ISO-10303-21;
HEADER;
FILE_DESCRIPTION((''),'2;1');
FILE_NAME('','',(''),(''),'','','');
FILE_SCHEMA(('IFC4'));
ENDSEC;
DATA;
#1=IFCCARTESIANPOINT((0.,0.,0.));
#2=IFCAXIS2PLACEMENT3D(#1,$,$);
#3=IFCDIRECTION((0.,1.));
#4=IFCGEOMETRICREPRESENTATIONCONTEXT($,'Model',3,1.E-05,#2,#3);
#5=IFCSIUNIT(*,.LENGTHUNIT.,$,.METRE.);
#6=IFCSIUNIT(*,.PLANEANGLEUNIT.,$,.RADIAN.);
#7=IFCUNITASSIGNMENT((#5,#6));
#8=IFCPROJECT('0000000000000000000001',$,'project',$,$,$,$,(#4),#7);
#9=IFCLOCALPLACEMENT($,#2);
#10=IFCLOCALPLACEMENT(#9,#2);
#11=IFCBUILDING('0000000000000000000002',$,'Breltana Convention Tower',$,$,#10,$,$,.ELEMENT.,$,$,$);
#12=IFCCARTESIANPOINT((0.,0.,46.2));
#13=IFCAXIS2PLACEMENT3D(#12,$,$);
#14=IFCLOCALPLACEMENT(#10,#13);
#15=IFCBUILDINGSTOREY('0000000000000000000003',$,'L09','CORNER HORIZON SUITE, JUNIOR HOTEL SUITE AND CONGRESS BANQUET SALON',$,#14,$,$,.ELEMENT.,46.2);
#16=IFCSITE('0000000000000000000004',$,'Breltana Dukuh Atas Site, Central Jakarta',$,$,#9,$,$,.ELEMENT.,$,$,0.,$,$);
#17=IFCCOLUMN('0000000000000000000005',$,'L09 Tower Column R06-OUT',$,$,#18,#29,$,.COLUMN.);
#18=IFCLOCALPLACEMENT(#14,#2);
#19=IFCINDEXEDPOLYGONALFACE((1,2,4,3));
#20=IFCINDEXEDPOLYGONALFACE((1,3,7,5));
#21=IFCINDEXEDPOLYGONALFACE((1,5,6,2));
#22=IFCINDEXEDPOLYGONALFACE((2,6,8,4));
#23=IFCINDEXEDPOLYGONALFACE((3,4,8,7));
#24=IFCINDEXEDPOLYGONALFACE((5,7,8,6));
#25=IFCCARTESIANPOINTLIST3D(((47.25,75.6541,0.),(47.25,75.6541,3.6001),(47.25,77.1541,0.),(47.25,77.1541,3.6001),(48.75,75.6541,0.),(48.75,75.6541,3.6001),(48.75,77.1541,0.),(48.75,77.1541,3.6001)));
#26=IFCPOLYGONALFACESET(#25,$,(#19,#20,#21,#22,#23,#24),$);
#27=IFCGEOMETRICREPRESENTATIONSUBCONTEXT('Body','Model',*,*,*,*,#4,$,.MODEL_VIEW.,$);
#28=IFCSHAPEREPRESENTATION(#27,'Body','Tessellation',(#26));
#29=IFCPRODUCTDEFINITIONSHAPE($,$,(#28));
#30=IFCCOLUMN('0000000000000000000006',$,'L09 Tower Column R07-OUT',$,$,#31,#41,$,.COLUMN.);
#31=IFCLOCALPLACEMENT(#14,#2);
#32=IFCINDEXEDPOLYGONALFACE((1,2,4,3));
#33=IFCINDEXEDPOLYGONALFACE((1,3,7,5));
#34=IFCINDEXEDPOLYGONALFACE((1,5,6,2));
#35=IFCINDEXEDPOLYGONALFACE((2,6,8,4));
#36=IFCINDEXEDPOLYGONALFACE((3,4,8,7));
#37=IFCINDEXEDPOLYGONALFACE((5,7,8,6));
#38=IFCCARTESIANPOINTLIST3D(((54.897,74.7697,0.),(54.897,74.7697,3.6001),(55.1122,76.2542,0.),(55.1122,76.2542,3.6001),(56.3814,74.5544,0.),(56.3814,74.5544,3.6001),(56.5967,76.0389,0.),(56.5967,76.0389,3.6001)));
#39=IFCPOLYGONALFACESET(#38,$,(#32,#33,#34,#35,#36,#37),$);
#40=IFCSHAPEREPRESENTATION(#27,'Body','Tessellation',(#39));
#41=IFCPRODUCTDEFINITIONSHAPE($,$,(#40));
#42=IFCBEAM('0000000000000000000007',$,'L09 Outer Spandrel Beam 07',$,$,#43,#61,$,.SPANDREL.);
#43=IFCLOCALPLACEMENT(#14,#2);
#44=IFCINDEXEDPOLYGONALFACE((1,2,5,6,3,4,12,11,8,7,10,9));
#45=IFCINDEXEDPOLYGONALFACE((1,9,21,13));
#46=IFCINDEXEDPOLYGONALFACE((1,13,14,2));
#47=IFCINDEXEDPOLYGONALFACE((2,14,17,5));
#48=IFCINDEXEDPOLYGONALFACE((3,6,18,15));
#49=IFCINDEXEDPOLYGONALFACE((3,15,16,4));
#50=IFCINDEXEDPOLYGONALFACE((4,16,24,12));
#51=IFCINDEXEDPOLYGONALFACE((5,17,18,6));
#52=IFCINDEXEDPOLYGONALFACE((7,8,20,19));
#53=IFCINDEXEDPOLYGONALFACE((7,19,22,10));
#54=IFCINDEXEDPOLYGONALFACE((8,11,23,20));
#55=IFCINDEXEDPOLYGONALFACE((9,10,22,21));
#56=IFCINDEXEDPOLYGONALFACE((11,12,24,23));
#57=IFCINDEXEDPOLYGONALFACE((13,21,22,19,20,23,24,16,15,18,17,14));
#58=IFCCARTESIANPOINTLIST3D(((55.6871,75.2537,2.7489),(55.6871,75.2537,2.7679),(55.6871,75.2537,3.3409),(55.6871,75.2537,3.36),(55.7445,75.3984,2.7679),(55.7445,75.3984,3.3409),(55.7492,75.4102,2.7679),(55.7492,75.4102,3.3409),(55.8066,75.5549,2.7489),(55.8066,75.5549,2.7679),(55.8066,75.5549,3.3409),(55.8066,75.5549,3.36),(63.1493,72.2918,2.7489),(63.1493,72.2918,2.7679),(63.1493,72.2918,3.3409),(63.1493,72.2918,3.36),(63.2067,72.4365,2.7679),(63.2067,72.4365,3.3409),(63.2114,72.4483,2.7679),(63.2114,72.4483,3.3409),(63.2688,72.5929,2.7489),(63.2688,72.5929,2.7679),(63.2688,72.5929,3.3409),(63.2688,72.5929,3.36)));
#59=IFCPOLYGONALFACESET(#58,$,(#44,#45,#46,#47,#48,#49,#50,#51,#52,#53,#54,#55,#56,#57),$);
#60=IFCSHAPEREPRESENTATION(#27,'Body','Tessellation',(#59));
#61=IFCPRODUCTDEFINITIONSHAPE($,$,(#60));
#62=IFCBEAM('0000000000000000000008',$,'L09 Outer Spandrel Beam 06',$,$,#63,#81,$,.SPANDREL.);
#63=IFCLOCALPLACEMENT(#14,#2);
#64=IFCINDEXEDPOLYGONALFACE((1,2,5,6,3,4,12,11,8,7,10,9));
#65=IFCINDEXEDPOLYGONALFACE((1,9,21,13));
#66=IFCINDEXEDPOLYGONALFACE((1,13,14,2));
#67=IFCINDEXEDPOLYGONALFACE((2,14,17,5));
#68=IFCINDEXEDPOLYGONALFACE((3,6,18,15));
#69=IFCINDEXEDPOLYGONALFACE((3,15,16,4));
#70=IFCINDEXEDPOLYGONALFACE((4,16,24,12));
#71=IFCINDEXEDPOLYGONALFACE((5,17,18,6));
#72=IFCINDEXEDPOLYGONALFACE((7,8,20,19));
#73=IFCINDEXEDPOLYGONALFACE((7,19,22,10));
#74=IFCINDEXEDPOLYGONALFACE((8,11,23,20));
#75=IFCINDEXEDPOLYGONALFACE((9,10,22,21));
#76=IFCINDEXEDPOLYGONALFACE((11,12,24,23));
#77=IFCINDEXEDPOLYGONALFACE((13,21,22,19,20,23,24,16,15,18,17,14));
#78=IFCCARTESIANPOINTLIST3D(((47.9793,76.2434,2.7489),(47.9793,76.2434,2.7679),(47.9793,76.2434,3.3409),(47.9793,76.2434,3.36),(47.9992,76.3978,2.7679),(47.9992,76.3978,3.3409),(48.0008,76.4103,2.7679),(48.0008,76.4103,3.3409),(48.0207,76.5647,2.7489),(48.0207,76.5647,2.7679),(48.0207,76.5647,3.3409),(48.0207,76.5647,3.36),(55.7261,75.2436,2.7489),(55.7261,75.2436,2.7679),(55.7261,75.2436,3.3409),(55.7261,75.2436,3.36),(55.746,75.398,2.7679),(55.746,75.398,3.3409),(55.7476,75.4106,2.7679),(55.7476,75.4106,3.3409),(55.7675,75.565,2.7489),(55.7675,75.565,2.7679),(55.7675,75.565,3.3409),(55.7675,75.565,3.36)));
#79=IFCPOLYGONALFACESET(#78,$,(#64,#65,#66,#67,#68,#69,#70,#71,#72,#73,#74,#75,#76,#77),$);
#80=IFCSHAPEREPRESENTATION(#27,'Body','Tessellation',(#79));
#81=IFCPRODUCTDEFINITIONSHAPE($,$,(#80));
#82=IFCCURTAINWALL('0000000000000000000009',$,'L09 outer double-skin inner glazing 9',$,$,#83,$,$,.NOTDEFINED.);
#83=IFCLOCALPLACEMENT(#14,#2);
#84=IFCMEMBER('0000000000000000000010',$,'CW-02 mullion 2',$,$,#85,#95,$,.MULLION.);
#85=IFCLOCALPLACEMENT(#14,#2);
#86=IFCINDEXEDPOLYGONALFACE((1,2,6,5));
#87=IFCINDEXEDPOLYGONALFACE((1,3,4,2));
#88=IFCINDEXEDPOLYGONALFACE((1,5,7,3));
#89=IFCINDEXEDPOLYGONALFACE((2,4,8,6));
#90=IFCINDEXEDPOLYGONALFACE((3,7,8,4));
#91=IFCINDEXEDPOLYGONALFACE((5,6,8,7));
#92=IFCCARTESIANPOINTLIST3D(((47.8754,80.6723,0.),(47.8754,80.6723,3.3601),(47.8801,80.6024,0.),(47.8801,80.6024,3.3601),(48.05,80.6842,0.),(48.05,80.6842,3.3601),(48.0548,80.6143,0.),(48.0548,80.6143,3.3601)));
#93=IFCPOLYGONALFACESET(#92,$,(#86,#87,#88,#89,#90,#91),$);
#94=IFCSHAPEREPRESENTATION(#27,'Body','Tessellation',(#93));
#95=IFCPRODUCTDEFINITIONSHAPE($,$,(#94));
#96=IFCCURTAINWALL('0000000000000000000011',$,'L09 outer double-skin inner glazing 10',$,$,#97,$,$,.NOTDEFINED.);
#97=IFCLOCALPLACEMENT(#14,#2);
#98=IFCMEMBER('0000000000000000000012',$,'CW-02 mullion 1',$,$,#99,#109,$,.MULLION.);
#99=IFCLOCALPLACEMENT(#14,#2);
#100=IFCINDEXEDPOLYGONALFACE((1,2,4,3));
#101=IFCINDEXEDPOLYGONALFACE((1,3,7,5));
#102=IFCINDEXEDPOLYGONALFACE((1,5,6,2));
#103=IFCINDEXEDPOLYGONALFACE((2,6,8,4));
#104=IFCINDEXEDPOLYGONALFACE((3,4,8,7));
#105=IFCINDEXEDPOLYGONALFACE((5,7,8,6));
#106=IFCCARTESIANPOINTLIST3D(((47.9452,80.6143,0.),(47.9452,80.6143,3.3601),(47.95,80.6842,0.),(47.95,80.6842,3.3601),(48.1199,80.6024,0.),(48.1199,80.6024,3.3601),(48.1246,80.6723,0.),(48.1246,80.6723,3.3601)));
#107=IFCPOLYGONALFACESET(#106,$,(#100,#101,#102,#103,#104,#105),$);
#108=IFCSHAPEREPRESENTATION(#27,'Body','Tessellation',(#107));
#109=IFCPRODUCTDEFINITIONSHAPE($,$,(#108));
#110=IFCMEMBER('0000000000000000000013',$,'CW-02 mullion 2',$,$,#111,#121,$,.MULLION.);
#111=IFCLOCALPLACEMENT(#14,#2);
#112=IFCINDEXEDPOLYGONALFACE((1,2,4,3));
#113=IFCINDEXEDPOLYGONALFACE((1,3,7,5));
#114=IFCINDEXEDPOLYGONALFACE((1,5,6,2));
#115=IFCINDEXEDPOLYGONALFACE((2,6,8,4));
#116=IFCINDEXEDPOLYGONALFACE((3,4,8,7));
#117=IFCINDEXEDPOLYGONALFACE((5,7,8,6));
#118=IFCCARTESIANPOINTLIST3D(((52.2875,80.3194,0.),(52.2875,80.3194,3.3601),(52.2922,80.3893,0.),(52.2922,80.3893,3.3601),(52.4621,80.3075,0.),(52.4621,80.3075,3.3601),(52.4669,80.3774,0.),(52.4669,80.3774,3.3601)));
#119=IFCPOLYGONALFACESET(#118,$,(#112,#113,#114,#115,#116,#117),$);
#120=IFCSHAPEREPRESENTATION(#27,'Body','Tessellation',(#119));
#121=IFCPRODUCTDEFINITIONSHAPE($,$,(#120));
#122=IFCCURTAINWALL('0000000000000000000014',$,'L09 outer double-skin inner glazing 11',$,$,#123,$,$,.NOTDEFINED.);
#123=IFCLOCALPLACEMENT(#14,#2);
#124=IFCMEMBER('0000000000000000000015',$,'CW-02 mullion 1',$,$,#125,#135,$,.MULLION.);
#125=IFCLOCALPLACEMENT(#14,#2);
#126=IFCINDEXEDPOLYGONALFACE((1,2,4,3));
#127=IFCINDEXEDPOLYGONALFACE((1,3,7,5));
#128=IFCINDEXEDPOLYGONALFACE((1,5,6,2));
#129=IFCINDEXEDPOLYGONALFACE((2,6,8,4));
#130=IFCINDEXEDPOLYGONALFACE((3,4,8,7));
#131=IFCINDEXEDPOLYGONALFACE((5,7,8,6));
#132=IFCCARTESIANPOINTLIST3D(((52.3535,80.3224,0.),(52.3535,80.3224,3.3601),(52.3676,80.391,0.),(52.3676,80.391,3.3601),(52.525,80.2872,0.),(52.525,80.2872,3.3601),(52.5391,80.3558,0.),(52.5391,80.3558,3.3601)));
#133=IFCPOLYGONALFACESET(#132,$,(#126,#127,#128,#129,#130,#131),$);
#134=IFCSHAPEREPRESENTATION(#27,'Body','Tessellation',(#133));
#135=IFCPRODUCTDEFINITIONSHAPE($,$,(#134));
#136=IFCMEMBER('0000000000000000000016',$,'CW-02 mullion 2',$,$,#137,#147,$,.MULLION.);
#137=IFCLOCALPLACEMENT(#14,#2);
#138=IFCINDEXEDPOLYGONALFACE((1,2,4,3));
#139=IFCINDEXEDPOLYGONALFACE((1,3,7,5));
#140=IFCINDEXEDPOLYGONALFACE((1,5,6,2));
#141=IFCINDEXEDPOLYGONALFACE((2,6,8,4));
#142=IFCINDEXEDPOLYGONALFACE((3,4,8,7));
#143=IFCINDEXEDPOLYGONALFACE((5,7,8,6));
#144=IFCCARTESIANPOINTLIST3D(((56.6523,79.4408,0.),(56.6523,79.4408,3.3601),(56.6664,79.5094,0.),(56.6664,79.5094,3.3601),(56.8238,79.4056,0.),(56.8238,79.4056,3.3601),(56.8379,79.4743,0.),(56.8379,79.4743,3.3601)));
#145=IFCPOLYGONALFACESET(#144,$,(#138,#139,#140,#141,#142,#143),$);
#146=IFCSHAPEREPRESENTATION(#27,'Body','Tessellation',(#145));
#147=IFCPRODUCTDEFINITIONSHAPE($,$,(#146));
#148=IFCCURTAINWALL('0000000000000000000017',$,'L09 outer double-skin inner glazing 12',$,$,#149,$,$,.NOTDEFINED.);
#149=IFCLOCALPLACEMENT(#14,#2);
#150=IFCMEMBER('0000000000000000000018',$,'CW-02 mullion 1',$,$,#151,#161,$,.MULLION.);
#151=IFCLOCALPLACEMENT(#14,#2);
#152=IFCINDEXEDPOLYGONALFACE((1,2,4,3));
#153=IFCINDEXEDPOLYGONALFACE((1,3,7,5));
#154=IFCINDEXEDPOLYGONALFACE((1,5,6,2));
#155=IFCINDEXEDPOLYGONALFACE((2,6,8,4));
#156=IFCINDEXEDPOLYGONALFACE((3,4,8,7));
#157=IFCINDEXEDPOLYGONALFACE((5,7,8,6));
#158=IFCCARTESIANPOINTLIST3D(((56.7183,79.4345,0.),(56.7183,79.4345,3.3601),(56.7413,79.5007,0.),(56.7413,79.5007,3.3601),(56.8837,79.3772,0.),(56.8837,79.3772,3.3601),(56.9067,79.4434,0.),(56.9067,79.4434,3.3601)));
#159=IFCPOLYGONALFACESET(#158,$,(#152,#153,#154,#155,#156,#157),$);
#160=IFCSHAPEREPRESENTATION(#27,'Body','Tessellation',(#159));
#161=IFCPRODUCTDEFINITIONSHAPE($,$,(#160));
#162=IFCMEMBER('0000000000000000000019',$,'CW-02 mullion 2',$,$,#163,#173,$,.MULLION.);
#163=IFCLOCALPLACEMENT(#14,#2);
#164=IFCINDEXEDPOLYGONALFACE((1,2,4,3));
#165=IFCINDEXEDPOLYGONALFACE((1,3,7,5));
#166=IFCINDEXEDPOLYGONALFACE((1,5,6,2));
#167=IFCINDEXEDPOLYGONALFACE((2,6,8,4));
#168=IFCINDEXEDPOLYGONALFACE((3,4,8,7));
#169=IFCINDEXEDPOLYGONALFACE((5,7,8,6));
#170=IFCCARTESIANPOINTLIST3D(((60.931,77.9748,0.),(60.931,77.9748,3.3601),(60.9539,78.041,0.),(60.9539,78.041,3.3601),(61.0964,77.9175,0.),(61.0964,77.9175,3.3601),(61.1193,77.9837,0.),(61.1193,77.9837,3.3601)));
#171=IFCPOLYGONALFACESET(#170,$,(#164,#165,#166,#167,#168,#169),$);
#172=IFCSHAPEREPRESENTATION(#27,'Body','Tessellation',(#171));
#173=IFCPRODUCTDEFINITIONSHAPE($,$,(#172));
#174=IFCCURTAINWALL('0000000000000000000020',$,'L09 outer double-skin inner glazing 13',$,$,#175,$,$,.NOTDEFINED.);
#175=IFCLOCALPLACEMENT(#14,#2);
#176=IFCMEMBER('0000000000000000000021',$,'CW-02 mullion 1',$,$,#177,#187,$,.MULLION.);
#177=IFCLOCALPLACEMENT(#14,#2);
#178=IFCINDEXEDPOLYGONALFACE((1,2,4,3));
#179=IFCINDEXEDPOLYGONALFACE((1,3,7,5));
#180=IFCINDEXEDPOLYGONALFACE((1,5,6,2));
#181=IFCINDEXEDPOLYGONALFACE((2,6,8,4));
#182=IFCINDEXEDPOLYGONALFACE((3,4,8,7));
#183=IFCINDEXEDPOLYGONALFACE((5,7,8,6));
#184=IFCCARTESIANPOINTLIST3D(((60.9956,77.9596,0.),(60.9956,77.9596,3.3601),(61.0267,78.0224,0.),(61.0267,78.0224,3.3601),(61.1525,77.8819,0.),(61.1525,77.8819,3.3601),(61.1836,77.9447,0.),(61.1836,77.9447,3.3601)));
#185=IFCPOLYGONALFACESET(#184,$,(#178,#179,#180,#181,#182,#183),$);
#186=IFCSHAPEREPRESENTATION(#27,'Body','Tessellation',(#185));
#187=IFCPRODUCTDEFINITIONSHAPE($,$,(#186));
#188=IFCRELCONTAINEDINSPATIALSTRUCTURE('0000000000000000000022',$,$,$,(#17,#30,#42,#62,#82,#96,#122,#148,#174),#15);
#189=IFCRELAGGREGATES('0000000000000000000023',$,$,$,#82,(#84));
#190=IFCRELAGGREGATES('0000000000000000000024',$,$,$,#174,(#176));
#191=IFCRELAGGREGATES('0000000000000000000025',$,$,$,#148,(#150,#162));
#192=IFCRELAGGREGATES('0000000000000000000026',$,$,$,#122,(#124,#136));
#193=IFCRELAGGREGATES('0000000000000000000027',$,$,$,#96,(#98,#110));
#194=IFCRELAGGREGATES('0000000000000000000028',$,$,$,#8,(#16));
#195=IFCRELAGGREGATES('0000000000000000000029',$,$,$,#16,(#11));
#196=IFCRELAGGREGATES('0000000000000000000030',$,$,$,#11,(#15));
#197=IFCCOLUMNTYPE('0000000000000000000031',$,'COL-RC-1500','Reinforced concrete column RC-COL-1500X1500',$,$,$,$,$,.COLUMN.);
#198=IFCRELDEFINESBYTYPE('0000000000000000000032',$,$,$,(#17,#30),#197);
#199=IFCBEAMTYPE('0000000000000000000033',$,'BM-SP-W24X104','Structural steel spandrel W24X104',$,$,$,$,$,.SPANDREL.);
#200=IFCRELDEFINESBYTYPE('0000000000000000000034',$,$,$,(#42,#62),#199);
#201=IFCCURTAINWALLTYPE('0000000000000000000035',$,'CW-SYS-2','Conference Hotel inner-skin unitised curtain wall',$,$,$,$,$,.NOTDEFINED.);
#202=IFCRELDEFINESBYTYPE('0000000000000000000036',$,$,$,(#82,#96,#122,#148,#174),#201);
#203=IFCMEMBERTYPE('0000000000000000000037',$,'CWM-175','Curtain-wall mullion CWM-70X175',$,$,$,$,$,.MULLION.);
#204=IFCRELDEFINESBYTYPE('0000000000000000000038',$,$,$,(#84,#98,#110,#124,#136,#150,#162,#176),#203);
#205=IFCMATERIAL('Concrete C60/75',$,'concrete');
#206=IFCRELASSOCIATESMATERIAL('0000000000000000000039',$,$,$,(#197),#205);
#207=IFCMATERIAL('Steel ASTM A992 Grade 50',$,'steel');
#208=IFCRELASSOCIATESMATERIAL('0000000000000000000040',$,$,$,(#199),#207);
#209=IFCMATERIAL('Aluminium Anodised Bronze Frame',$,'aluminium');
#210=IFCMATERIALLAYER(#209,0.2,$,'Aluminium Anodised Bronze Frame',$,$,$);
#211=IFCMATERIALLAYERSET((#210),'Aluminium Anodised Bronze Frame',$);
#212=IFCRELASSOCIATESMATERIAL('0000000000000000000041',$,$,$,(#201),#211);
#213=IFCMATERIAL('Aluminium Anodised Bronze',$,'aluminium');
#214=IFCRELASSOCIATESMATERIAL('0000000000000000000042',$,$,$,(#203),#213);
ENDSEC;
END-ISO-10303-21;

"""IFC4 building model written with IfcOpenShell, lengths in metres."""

from ifc_helpers import new_model, si_unit, direction, frame, origin, origin_2d, place, context, subcontext, project, spatial, rectangle, i_section, extrude, source, transform, mapped, material, layer, layer_set, material_profile, profile_set, type_object, type_shapes, element, aggregate, save


model = new_model("IFC4")

# Units and contexts
model_context = context("Model", 3, precision=1e-05, world=origin(), true_north=direction((0.0, 1.0)))
body_context = subcontext(model_context, "Body", "Model", "MODEL_VIEW")
ifc_project = project(units=[si_unit("LENGTHUNIT", "METRE"), si_unit("PLANEANGLEUNIT", "RADIAN")], contexts=[model_context])

# Site, building, storey
site_placement = place(None, origin())
site = spatial("IfcSite", under=ifc_project, at=site_placement, Name="Breltana Dukuh Atas Site, Central Jakarta", CompositionType="ELEMENT", RefElevation=0.0)
building_placement = place(site_placement, origin())
building = spatial("IfcBuilding", under=site, at=building_placement, Name="Breltana Convention Tower", CompositionType="ELEMENT")
storey_placement = place(building_placement, frame((0.0, 0.0, 46.2)))
storey = spatial("IfcBuildingStorey", under=building, at=storey_placement, Name="L09", Description="CORNER HORIZON SUITE, JUNIOR HOTEL SUITE AND CONGRESS BANQUET SALON", CompositionType="ELEMENT", Elevation=46.2)

# Columns
ifc_material_1 = material(Name="Concrete C60/75", Category="concrete")
ifc_material_profile_1 = material_profile(ifc_material_1, rectangle(XDim=1.5, YDim=1.5, at=origin_2d()), Name="RC-COL-1500X1500")
ifc_profile_set_1 = profile_set([ifc_material_profile_1], Name="Concrete C60/75")
column_type = type_object("IfcColumnType", Name="COL-RC-1500", Description="Reinforced concrete column RC-COL-1500X1500", PredefinedType="COLUMN", material=ifc_profile_set_1)
shared_shape_1 = source(origin(), body_context, "Body", "SweptSolid", [
    extrude(rectangle(XDim=1.5, YDim=1.5, at=origin_2d()), origin(), (0.0, 0.0, 1.0), 3.6001),
])
for number, where, z_axis, x_axis, name in (
    (1, (48.0, 76.4041, 0.0), (0.0, 0.0, 1.0), (0.0, 1.0, 0.0), "L09 Tower Column R06-OUT"),
    (2, (55.7468, 75.4043, 0.0), (0.0, 0.0, 1.0), (0.143493, 0.989651, 0.0), "L09 Tower Column R07-OUT"),
):
    element("IfcColumn", number, at=place(storey_placement, frame(where, z_axis=z_axis, x_axis=x_axis)), inside=storey, type_object=column_type, Name=name, PredefinedType="COLUMN", context=body_context, shape_type="MappedRepresentation", body=[
        mapped(shared_shape_1, transform((0.0, 0.0, 0.0), scale=1.0)),
    ])

# Beams
ifc_material_2 = material(Name="Steel ASTM A992 Grade 50", Category="steel")
ifc_material_profile_2 = material_profile(ifc_material_2, i_section(OverallWidth=0.324, OverallDepth=0.6111, WebThickness=0.0127, FlangeThickness=0.019, at=origin_2d()), Name="W24X104")
ifc_profile_set_2 = profile_set([ifc_material_profile_2], Name="Steel ASTM A992 Grade 50")
beam_type = type_object("IfcBeamType", Name="BM-SP-W24X104", Description="Structural steel spandrel W24X104", PredefinedType="SPANDREL", material=ifc_profile_set_2)
shared_shape_2 = source(origin(), body_context, "Body", "SweptSolid", [
    extrude(i_section(OverallWidth=0.324, OverallDepth=0.6111, WebThickness=0.0127, FlangeThickness=0.019, at=origin_2d()), origin(), (0.0, 0.0, 1.0), 8.0286),
])
beam_1_placement = place(storey_placement, frame((55.7468, 75.4043, 3.0544), z_axis=(0.929459, -0.368925, 0.0), x_axis=(0.368925, 0.929459, 0.0)))
element("IfcBeam", 3, at=beam_1_placement, inside=storey, type_object=beam_type, Name="L09 Outer Spandrel Beam 07", PredefinedType="SPANDREL", context=body_context, shape_type="MappedRepresentation", body=[
    mapped(shared_shape_2, transform((0.0, 0.0, 0.0), scale=1.0)),
])
shared_shape_3 = source(origin(), body_context, "Body", "SweptSolid", [
    extrude(i_section(OverallWidth=0.324, OverallDepth=0.6111, WebThickness=0.0127, FlangeThickness=0.019, at=origin_2d()), origin(), (0.0, 0.0, 1.0), 7.811),
])
beam_2_placement = place(storey_placement, frame((48.0, 76.4041, 3.0544), z_axis=(0.991775, -0.127992, 0.0), x_axis=(0.127992, 0.991775, 0.0)))
element("IfcBeam", 4, at=beam_2_placement, inside=storey, type_object=beam_type, Name="L09 Outer Spandrel Beam 06", PredefinedType="SPANDREL", context=body_context, shape_type="MappedRepresentation", body=[
    mapped(shared_shape_3, transform((0.0, 0.0, 0.0), scale=1.0)),
])

# Curtain wall, member
ifc_material_3 = material(Name="Aluminium Anodised Bronze Frame", Category="aluminium")
ifc_layer_1 = layer(ifc_material_3, 0.2, Name="Aluminium Anodised Bronze Frame")
ifc_layer_set_1 = layer_set([ifc_layer_1], Name="Aluminium Anodised Bronze Frame")
curtain_wall_type = type_object("IfcCurtainWallType", Name="CW-SYS-2", Description="Conference Hotel inner-skin unitised curtain wall", PredefinedType="NOTDEFINED", material=ifc_layer_set_1)
curtain_wall_1_placement = place(storey_placement, origin())
curtain_wall_1 = element("IfcCurtainWall", 5, at=curtain_wall_1_placement, inside=storey, type_object=curtain_wall_type, Name="L09 outer double-skin inner glazing 9", PredefinedType="NOTDEFINED")
ifc_material_4 = material(Name="Aluminium Anodised Bronze", Category="aluminium")
ifc_material_profile_3 = material_profile(ifc_material_4, rectangle(XDim=0.0701, YDim=0.175, at=origin_2d()), Name="CWM-70X175")
ifc_profile_set_3 = profile_set([ifc_material_profile_3], Name="Aluminium Anodised Bronze")
member_type_1 = type_object("IfcMemberType", Name="CWM-175", Description="Curtain-wall mullion CWM-70X175", PredefinedType="MULLION", material=ifc_profile_set_3)
shared_shape_4 = source(origin(), body_context, "Body", "SweptSolid", [
    extrude(rectangle(XDim=0.0701, YDim=0.175, at=origin_2d()), origin(), (0.0, 0.0, 1.0), 3.3601),
])
type_shapes(member_type_1, [shared_shape_4])
member_1_placement = place(storey_placement, frame((47.9651, 80.6433, 0.0), z_axis=(0.0, 0.0, 1.0), x_axis=(-0.067726, 0.997704, 0.0)))
member_1 = element("IfcMember", 6, at=member_1_placement, type_object=member_type_1, Name="CW-02 mullion 2", PredefinedType="MULLION", context=body_context, shape_type="MappedRepresentation", body=[
    mapped(shared_shape_4, transform((0.0, 0.0, 0.0), scale=1.0)),
])
aggregate(curtain_wall_1, [member_1])

# Curtain walls, members
curtain_wall_2_placement = place(storey_placement, origin())
curtain_wall_2 = element("IfcCurtainWall", 7, at=curtain_wall_2_placement, inside=storey, type_object=curtain_wall_type, Name="L09 outer double-skin inner glazing 10", PredefinedType="NOTDEFINED")
member_2_placement = place(storey_placement, frame((48.0349, 80.6433, 0.0), z_axis=(0.0, 0.0, 1.0), x_axis=(0.067726, 0.997704, 0.0)))
member_2 = element("IfcMember", 8, at=member_2_placement, type_object=member_type_1, Name="CW-02 mullion 1", PredefinedType="MULLION", context=body_context, shape_type="MappedRepresentation", body=[
    mapped(shared_shape_4, transform((0.0, 0.0, 0.0), scale=1.0)),
])
member_3_placement = place(storey_placement, frame((52.3772, 80.3484, 0.0), z_axis=(0.0, 0.0, 1.0), x_axis=(0.067726, 0.997704, 0.0)))
member_3 = element("IfcMember", 9, at=member_3_placement, type_object=member_type_1, Name="CW-02 mullion 2", PredefinedType="MULLION", context=body_context, shape_type="MappedRepresentation", body=[
    mapped(shared_shape_4, transform((0.0, 0.0, 0.0), scale=1.0)),
])
curtain_wall_3_placement = place(storey_placement, origin())
curtain_wall_3 = element("IfcCurtainWall", 10, at=curtain_wall_3_placement, inside=storey, type_object=curtain_wall_type, Name="L09 outer double-skin inner glazing 11", PredefinedType="NOTDEFINED")
member_4_placement = place(storey_placement, frame((52.4463, 80.3391, 0.0), z_axis=(0.0, 0.0, 1.0), x_axis=(0.200885, 0.979615, 0.0)))
member_4 = element("IfcMember", 11, at=member_4_placement, type_object=member_type_1, Name="CW-02 mullion 1", PredefinedType="MULLION", context=body_context, shape_type="MappedRepresentation", body=[
    mapped(shared_shape_4, transform((0.0, 0.0, 0.0), scale=1.0)),
])
member_5_placement = place(storey_placement, frame((56.7451, 79.4575, 0.0), z_axis=(0.0, 0.0, 1.0), x_axis=(0.200885, 0.979615, 0.0)))
member_5 = element("IfcMember", 12, at=member_5_placement, type_object=member_type_1, Name="CW-02 mullion 2", PredefinedType="MULLION", context=body_context, shape_type="MappedRepresentation", body=[
    mapped(shared_shape_4, transform((0.0, 0.0, 0.0), scale=1.0)),
])
curtain_wall_4_placement = place(storey_placement, origin())
curtain_wall_4 = element("IfcCurtainWall", 13, at=curtain_wall_4_placement, inside=storey, type_object=curtain_wall_type, Name="L09 outer double-skin inner glazing 12", PredefinedType="NOTDEFINED")
member_6_placement = place(storey_placement, frame((56.8125, 79.439, 0.0), z_axis=(0.0, 0.0, 1.0), x_axis=(0.327428, 0.944876, 0.0)))
member_6 = element("IfcMember", 14, at=member_6_placement, type_object=member_type_1, Name="CW-02 mullion 1", PredefinedType="MULLION", context=body_context, shape_type="MappedRepresentation", body=[
    mapped(shared_shape_4, transform((0.0, 0.0, 0.0), scale=1.0)),
])
member_7_placement = place(storey_placement, frame((61.0251, 77.9792, 0.0), z_axis=(0.0, 0.0, 1.0), x_axis=(0.327428, 0.944876, 0.0)))
member_7 = element("IfcMember", 15, at=member_7_placement, type_object=member_type_1, Name="CW-02 mullion 2", PredefinedType="MULLION", context=body_context, shape_type="MappedRepresentation", body=[
    mapped(shared_shape_4, transform((0.0, 0.0, 0.0), scale=1.0)),
])
curtain_wall_5_placement = place(storey_placement, origin())
curtain_wall_5 = element("IfcCurtainWall", 16, at=curtain_wall_5_placement, inside=storey, type_object=curtain_wall_type, Name="L09 outer double-skin inner glazing 13", PredefinedType="NOTDEFINED")
member_8_placement = place(storey_placement, frame((61.0896, 77.9521, 0.0), z_axis=(0.0, 0.0, 1.0), x_axis=(0.444108, 0.895973, 0.0)))
member_8 = element("IfcMember", 17, at=member_8_placement, type_object=member_type_1, Name="CW-02 mullion 1", PredefinedType="MULLION", context=body_context, shape_type="MappedRepresentation", body=[
    mapped(shared_shape_4, transform((0.0, 0.0, 0.0), scale=1.0)),
])
aggregate(curtain_wall_5, [member_8])

aggregate(curtain_wall_4, [member_6, member_7])
aggregate(curtain_wall_3, [member_4, member_5])
aggregate(curtain_wall_2, [member_2, member_3])

save(model, "model.ifc")
